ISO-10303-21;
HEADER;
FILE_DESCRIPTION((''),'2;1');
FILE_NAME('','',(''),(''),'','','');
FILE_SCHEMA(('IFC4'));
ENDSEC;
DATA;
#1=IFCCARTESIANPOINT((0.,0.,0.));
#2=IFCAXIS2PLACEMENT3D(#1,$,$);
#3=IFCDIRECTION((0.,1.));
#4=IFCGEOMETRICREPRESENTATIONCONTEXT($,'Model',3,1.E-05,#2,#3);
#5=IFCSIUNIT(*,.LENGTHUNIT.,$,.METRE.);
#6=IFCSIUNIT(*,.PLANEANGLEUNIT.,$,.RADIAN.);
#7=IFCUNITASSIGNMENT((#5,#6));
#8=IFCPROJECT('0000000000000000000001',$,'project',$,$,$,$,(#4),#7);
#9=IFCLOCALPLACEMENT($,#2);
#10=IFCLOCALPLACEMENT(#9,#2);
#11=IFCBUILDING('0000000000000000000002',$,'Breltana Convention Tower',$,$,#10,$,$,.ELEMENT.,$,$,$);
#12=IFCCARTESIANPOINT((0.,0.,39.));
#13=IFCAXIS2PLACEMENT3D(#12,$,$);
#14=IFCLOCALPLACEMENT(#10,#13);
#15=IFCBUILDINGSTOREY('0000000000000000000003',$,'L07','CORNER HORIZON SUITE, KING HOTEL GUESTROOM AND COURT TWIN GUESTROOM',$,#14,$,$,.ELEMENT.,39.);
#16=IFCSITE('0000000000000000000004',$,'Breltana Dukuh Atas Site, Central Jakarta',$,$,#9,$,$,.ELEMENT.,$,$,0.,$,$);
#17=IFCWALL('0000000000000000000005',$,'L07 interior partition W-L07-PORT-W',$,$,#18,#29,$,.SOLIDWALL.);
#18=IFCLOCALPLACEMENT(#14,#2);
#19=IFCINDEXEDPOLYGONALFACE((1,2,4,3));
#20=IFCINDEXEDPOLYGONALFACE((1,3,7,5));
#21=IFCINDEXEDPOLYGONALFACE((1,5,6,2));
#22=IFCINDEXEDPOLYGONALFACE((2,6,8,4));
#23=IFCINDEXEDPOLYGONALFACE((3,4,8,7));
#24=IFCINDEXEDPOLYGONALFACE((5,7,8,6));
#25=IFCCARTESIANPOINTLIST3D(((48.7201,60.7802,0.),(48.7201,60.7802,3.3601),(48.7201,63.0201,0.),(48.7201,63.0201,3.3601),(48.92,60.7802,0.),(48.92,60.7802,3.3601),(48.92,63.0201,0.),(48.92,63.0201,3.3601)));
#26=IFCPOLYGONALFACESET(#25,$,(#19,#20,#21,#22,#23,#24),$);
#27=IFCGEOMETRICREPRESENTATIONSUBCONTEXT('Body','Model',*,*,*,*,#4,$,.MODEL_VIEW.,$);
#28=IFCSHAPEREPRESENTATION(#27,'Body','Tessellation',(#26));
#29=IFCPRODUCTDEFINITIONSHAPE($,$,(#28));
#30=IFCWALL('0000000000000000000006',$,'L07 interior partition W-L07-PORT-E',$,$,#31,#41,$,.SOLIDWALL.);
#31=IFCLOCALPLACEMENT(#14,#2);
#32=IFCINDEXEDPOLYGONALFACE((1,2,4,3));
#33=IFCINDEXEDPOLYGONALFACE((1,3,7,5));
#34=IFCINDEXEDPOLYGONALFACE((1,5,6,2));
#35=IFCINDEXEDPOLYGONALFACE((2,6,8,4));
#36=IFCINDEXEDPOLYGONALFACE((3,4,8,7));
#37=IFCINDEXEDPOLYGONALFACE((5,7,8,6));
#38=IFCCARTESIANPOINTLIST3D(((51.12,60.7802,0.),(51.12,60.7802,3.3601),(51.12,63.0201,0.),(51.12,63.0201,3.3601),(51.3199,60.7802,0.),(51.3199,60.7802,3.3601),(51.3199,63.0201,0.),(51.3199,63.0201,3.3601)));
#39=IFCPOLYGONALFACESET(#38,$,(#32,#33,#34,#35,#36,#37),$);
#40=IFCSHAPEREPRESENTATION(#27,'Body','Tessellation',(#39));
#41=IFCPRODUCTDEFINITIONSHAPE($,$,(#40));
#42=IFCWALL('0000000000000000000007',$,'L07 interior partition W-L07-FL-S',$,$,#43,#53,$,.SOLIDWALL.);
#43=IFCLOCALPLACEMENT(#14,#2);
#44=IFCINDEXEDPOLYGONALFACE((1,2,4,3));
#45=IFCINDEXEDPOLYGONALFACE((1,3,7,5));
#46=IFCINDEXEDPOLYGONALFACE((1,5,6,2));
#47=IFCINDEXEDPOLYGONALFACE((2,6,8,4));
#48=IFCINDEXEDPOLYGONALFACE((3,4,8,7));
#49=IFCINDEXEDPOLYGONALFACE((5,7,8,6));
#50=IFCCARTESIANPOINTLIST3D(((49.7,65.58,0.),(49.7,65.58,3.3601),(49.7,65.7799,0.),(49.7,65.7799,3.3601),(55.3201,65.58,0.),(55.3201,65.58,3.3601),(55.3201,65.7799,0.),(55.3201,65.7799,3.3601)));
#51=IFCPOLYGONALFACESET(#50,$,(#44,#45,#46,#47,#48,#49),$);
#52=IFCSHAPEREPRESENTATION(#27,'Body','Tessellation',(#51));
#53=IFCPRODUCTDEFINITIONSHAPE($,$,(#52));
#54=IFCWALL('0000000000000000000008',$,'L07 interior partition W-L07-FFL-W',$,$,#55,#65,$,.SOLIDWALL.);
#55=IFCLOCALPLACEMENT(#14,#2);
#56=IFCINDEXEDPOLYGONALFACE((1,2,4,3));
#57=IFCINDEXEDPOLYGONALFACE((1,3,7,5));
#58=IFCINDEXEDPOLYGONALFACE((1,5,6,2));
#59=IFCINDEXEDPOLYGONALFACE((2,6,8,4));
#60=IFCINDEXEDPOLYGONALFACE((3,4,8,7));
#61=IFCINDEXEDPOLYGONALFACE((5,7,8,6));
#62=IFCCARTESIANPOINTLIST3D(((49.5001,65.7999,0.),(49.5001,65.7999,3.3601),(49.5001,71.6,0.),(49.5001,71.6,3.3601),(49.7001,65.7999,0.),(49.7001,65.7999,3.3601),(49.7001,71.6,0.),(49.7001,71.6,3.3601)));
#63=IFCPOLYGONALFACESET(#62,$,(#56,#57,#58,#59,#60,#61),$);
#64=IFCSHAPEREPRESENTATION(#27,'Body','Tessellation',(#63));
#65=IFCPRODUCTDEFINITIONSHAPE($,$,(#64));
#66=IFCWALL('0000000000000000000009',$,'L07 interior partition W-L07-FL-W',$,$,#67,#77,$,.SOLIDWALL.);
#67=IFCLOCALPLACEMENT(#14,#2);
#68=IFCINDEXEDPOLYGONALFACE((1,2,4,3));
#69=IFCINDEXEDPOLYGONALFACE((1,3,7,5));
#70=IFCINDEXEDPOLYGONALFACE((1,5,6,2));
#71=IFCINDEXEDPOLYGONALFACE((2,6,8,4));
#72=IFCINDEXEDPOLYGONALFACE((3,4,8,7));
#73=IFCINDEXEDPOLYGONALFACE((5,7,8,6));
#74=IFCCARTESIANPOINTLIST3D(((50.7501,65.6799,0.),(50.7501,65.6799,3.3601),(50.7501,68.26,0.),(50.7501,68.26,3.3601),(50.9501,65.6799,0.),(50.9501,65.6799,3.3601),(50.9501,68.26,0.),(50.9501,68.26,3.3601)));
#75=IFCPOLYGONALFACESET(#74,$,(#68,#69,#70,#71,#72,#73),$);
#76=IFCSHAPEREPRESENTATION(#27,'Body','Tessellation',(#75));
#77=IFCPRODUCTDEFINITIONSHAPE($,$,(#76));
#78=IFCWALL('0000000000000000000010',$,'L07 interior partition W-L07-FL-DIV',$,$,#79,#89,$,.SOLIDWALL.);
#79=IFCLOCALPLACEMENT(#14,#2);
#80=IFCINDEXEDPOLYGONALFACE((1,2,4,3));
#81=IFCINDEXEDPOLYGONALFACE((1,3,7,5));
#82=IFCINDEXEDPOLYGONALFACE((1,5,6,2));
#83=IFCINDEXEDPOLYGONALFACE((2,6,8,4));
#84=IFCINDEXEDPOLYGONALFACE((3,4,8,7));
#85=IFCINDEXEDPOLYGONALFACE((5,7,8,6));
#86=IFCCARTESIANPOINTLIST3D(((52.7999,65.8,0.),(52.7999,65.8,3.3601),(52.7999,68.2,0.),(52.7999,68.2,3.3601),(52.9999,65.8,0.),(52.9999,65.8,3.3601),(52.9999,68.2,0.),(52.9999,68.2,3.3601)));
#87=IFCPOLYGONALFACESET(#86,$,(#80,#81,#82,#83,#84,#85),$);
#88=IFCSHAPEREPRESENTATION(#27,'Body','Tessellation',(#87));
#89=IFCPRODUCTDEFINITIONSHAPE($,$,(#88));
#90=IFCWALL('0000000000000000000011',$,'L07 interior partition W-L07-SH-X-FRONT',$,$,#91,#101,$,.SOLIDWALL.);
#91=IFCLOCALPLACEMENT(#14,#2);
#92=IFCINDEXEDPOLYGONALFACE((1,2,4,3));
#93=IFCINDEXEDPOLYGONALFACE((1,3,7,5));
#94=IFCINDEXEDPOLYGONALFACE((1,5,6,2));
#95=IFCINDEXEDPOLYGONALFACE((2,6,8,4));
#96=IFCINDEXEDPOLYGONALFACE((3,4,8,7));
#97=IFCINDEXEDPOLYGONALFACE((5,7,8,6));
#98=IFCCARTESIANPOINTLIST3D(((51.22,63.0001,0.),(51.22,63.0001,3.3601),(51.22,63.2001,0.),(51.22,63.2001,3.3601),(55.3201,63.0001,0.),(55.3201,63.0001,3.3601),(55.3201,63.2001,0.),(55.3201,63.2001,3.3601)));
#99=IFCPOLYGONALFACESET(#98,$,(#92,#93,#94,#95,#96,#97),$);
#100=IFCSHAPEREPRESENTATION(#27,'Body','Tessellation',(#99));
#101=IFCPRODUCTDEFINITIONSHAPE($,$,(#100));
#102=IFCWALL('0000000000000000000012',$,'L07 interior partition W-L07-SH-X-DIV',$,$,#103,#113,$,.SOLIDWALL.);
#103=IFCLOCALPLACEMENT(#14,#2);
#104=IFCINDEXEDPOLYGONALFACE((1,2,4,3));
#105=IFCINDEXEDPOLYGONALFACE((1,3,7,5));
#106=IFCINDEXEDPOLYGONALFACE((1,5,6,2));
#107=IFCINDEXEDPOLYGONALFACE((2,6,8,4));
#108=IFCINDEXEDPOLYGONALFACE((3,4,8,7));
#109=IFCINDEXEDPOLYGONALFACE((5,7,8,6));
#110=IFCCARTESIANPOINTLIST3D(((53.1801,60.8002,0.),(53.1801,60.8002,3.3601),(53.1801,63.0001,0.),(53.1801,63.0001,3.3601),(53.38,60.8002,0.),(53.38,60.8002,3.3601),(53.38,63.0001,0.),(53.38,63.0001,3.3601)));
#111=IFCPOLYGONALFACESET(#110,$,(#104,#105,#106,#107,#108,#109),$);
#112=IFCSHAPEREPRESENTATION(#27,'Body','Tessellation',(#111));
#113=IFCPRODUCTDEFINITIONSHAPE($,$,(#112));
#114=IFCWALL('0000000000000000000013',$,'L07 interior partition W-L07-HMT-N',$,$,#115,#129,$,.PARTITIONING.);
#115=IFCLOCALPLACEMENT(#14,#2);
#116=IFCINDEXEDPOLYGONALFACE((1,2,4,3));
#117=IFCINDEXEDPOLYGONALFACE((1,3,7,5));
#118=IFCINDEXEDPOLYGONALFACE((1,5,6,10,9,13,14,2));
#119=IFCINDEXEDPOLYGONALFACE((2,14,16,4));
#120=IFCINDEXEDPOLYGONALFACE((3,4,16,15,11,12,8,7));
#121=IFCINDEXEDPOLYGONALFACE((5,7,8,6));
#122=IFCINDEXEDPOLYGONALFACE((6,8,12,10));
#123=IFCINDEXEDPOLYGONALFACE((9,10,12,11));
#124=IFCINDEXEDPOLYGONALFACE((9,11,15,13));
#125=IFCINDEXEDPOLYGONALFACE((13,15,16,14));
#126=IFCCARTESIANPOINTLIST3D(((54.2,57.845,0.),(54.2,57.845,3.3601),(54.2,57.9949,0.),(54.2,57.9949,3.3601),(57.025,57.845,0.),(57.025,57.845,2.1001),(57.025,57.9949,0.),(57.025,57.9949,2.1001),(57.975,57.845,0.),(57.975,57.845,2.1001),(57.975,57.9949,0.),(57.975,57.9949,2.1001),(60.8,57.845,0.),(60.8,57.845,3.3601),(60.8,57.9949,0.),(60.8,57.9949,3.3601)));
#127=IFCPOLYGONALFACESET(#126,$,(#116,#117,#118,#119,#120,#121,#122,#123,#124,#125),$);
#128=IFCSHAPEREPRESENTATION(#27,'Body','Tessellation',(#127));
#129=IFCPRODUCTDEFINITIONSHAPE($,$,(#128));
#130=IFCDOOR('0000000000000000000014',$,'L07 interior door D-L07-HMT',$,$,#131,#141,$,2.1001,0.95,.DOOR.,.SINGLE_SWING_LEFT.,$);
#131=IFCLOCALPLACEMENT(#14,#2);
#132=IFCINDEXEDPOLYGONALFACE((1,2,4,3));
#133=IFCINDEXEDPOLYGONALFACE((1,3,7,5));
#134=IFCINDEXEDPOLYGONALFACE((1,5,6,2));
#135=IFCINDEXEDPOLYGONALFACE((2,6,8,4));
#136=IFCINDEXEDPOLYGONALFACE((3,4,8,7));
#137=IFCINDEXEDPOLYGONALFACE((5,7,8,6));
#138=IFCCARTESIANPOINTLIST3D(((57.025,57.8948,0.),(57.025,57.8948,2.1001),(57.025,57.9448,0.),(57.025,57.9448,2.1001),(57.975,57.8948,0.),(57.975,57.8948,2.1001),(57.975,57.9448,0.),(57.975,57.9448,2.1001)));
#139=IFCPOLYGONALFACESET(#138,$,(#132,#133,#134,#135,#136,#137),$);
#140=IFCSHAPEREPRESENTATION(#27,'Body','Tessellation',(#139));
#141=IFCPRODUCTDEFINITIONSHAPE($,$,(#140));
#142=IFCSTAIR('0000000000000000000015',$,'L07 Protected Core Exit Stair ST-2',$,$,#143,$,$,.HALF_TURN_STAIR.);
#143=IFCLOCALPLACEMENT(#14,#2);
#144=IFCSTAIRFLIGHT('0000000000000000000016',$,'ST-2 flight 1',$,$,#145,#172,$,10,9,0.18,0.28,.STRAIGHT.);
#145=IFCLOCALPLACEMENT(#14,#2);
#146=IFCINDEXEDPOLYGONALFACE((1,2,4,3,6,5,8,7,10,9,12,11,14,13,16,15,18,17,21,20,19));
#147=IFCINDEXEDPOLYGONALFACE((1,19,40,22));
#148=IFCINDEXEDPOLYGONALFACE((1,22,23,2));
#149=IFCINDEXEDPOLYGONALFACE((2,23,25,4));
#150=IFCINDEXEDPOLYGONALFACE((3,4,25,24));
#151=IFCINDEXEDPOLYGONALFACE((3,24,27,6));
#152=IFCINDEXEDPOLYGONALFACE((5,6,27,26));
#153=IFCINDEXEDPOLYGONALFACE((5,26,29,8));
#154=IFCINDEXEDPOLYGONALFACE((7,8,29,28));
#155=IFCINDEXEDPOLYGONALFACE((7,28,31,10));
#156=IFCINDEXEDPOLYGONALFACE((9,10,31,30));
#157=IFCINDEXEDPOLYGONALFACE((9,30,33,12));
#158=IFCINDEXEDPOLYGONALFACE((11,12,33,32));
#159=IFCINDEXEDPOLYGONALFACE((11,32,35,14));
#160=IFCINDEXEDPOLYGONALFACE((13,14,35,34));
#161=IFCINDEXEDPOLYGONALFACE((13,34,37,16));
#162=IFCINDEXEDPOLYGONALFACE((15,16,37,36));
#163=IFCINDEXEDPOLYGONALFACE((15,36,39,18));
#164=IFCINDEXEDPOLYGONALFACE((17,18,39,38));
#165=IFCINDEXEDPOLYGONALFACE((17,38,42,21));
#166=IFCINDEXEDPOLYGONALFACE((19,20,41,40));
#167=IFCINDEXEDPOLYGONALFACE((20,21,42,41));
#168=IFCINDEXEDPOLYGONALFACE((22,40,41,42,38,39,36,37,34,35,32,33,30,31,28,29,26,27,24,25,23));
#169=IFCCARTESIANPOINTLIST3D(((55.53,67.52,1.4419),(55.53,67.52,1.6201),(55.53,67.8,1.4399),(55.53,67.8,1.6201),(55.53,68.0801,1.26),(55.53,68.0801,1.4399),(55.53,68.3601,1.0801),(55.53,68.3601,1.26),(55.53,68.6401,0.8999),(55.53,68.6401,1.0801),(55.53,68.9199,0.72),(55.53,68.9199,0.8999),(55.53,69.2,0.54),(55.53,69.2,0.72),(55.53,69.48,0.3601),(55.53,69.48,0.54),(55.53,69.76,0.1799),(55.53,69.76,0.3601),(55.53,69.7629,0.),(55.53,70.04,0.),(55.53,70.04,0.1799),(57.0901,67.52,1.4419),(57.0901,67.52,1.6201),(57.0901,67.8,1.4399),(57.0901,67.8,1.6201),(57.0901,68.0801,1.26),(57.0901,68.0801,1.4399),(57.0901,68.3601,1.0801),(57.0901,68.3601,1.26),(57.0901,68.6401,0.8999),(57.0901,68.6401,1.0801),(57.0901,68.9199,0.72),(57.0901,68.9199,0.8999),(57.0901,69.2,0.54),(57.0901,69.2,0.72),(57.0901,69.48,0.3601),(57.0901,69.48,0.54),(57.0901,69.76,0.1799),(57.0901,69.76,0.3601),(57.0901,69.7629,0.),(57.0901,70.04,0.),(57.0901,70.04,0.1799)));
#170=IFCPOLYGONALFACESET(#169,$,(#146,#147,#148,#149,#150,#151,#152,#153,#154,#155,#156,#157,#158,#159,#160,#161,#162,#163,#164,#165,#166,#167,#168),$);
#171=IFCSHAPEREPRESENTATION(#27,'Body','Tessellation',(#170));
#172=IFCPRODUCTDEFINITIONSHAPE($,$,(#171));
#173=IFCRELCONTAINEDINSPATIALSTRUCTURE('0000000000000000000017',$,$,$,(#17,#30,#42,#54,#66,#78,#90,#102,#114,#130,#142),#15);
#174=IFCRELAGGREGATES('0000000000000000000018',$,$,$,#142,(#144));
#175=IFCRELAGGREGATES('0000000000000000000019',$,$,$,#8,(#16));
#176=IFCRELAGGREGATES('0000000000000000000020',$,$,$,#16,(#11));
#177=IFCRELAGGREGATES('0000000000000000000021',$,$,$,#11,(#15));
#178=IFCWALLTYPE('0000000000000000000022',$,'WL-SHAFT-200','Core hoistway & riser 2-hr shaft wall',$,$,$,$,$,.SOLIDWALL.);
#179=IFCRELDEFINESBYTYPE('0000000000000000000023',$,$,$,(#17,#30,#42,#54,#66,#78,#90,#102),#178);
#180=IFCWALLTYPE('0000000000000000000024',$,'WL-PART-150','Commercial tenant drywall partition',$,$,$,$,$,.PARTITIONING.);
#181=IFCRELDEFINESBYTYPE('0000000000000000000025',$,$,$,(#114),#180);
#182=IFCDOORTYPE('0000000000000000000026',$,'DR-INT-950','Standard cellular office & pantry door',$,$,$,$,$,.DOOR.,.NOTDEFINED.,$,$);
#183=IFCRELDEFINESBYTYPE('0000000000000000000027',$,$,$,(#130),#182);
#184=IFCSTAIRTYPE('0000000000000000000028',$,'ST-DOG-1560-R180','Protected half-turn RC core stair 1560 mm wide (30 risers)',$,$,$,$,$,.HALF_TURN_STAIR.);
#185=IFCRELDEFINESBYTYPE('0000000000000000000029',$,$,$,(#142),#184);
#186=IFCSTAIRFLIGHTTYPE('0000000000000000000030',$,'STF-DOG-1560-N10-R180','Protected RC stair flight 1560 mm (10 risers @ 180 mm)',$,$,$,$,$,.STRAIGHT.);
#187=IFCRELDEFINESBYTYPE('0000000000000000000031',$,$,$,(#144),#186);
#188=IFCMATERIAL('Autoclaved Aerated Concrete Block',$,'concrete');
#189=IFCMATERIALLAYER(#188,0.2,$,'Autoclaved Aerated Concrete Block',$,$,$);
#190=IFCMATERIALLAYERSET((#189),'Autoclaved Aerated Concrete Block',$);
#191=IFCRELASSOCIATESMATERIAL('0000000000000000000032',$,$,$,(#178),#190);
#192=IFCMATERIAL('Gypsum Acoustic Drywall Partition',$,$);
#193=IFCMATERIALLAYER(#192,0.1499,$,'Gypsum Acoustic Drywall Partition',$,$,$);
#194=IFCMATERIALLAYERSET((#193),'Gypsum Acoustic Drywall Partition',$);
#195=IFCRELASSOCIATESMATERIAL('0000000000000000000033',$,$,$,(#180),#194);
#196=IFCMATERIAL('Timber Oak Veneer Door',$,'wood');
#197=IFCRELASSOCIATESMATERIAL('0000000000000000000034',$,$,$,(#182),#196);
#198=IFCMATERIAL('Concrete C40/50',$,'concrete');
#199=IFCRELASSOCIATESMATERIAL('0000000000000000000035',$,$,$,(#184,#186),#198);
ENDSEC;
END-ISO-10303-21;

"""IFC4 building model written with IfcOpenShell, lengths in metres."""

from ifc_helpers import new_model, si_unit, direction, frame, frame_2d, origin, place, context, subcontext, project, spatial, polyline, rectangle, outline, extrude, source, transform, mapped, material, layer, layer_set, type_object, type_shapes, element, fill, aggregate, save


model = new_model("IFC4")

# Units and contexts
model_context = context("Model", 3, precision=1e-05, world=origin(), true_north=direction((0.0, 1.0)))
body_context = subcontext(model_context, "Body", "Model", "MODEL_VIEW")
ifc_project = project(units=[si_unit("LENGTHUNIT", "METRE"), si_unit("PLANEANGLEUNIT", "RADIAN")], contexts=[model_context])

# Site, building, storey
site_placement = place(None, origin())
site = spatial("IfcSite", under=ifc_project, at=site_placement, Name="Breltana Dukuh Atas Site, Central Jakarta", CompositionType="ELEMENT", RefElevation=0.0)
building_placement = place(site_placement, origin())
building = spatial("IfcBuilding", under=site, at=building_placement, Name="Breltana Convention Tower", CompositionType="ELEMENT")
storey_placement = place(building_placement, frame((0.0, 0.0, 39.0)))
storey = spatial("IfcBuildingStorey", under=building, at=storey_placement, Name="L07", Description="CORNER HORIZON SUITE, KING HOTEL GUESTROOM AND COURT TWIN GUESTROOM", CompositionType="ELEMENT", Elevation=39.0)

# Walls
ifc_material_1 = material(Name="Autoclaved Aerated Concrete Block", Category="concrete")
ifc_layer_1 = layer(ifc_material_1, 0.2, Name="Autoclaved Aerated Concrete Block")
ifc_layer_set_1 = layer_set([ifc_layer_1], Name="Autoclaved Aerated Concrete Block")
wall_type_1 = type_object("IfcWallType", Name="WL-SHAFT-200", Description="Core hoistway & riser 2-hr shaft wall", PredefinedType="SOLIDWALL", material=ifc_layer_set_1)
shared_shape_1 = source(origin(), body_context, "Body", "SweptSolid", [
    extrude(rectangle(XDim=2.24, YDim=0.2, at=frame_2d((1.1201, 0.0))), origin(), (0.0, 0.0, 1.0), 3.3601),
])
for number, where, z_axis, x_axis, name in (
    (1, (48.8201, 60.78, 0.0), (0.0, 0.0, 1.0), (0.0, 1.0, 0.0), "L07 interior partition W-L07-PORT-W"),
    (2, (51.22, 60.78, 0.0), (0.0, 0.0, 1.0), (0.0, 1.0, 0.0), "L07 interior partition W-L07-PORT-E"),
):
    element("IfcWall", number, at=place(storey_placement, frame(where, z_axis=z_axis, x_axis=x_axis)), inside=storey, type_object=wall_type_1, Name=name, PredefinedType="SOLIDWALL", context=body_context, shape_type="MappedRepresentation", body=[
        mapped(shared_shape_1, transform((0.0, 0.0, 0.0), scale=1.0)),
    ])

# Shared definitions
shared_shape_2 = source(origin(), body_context, "Body", "SweptSolid", [
    extrude(rectangle(XDim=5.6201, YDim=0.2, at=frame_2d((2.8101, 0.0))), origin(), (0.0, 0.0, 1.0), 3.3601),
])

# Walls
wall_1_placement = place(storey_placement, frame((49.7, 65.6799, 0.0), z_axis=(0.0, 0.0, 1.0), x_axis=(1.0, 0.0, 0.0)))
element("IfcWall", 3, at=wall_1_placement, inside=storey, type_object=wall_type_1, Name="L07 interior partition W-L07-FL-S", PredefinedType="SOLIDWALL", context=body_context, shape_type="MappedRepresentation", body=[
    mapped(shared_shape_2, transform((0.0, 0.0, 0.0), scale=1.0)),
])
shared_shape_3 = source(origin(), body_context, "Body", "SweptSolid", [
    extrude(rectangle(XDim=5.8, YDim=0.2, at=frame_2d((2.8999, 0.0))), origin(), (0.0, 0.0, 1.0), 3.3601),
])
wall_2_placement = place(storey_placement, frame((49.6001, 65.8, 0.0), z_axis=(0.0, 0.0, 1.0), x_axis=(0.0, 1.0, 0.0)))
element("IfcWall", 4, at=wall_2_placement, inside=storey, type_object=wall_type_1, Name="L07 interior partition W-L07-FFL-W", PredefinedType="SOLIDWALL", context=body_context, shape_type="MappedRepresentation", body=[
    mapped(shared_shape_3, transform((0.0, 0.0, 0.0), scale=1.0)),
])
shared_shape_4 = source(origin(), body_context, "Body", "SweptSolid", [
    extrude(rectangle(XDim=2.5801, YDim=0.2, at=frame_2d((1.29, 0.0))), origin(), (0.0, 0.0, 1.0), 3.3601),
])
wall_3_placement = place(storey_placement, frame((50.8501, 65.6799, 0.0), z_axis=(0.0, 0.0, 1.0), x_axis=(0.0, 1.0, 0.0)))
element("IfcWall", 5, at=wall_3_placement, inside=storey, type_object=wall_type_1, Name="L07 interior partition W-L07-FL-W", PredefinedType="SOLIDWALL", context=body_context, shape_type="MappedRepresentation", body=[
    mapped(shared_shape_4, transform((0.0, 0.0, 0.0), scale=1.0)),
])
shared_shape_5 = source(origin(), body_context, "Body", "SweptSolid", [
    extrude(rectangle(XDim=2.3999, YDim=0.2, at=frame_2d((1.2, 0.0))), origin(), (0.0, 0.0, 1.0), 3.3601),
])
wall_4_placement = place(storey_placement, frame((52.8999, 65.8, 0.0), z_axis=(0.0, 0.0, 1.0), x_axis=(0.0, 1.0, 0.0)))
element("IfcWall", 6, at=wall_4_placement, inside=storey, type_object=wall_type_1, Name="L07 interior partition W-L07-FL-DIV", PredefinedType="SOLIDWALL", context=body_context, shape_type="MappedRepresentation", body=[
    mapped(shared_shape_5, transform((0.0, 0.0, 0.0), scale=1.0)),
])
shared_shape_6 = source(origin(), body_context, "Body", "SweptSolid", [
    extrude(rectangle(XDim=4.1001, YDim=0.2, at=frame_2d((2.05, 0.0))), origin(), (0.0, 0.0, 1.0), 3.3601),
])
wall_5_placement = place(storey_placement, frame((51.22, 63.1001, 0.0), z_axis=(0.0, 0.0, 1.0), x_axis=(1.0, 0.0, 0.0)))
element("IfcWall", 7, at=wall_5_placement, inside=storey, type_object=wall_type_1, Name="L07 interior partition W-L07-SH-X-FRONT", PredefinedType="SOLIDWALL", context=body_context, shape_type="MappedRepresentation", body=[
    mapped(shared_shape_6, transform((0.0, 0.0, 0.0), scale=1.0)),
])
shared_shape_7 = source(origin(), body_context, "Body", "SweptSolid", [
    extrude(rectangle(XDim=2.2, YDim=0.2, at=frame_2d((1.1001, 0.0))), origin(), (0.0, 0.0, 1.0), 3.3601),
])
wall_6_placement = place(storey_placement, frame((53.28, 60.8, 0.0), z_axis=(0.0, 0.0, 1.0), x_axis=(0.0, 1.0, 0.0)))
element("IfcWall", 8, at=wall_6_placement, inside=storey, type_object=wall_type_1, Name="L07 interior partition W-L07-SH-X-DIV", PredefinedType="SOLIDWALL", context=body_context, shape_type="MappedRepresentation", body=[
    mapped(shared_shape_7, transform((0.0, 0.0, 0.0), scale=1.0)),
])

# Wall, opening, door
ifc_material_2 = material(Name="Gypsum Acoustic Drywall Partition")
ifc_layer_2 = layer(ifc_material_2, 0.1499, Name="Gypsum Acoustic Drywall Partition")
ifc_layer_set_2 = layer_set([ifc_layer_2], Name="Gypsum Acoustic Drywall Partition")
wall_type_2 = type_object("IfcWallType", Name="WL-PART-150", Description="Commercial tenant drywall partition", PredefinedType="PARTITIONING", material=ifc_layer_set_2)
shared_shape_8 = source(origin(), body_context, "Body", "SweptSolid", [
    extrude(rectangle(XDim=6.6001, YDim=0.1499, at=frame_2d((3.3, 0.0))), origin(), (0.0, 0.0, 1.0), 3.3601),
])
wall_7_placement = place(storey_placement, frame((54.2, 57.9199, 0.0), z_axis=(0.0, 0.0, 1.0), x_axis=(1.0, 0.0, 0.0)))
wall_7 = element("IfcWall", 9, at=wall_7_placement, inside=storey, type_object=wall_type_2, Name="L07 interior partition W-L07-HMT-N", PredefinedType="PARTITIONING", context=body_context, shape_type="MappedRepresentation", body=[
    mapped(shared_shape_8, transform((0.0, 0.0, 0.0), scale=1.0)),
])
opening_1_placement = place(wall_7_placement, frame((2.825, 0.0, 0.0)))
opening_1 = element("IfcOpeningElement", 10, at=opening_1_placement, cuts=wall_7, PredefinedType="OPENING", context=body_context, shape_type="SweptSolid", body=[
    extrude(rectangle(XDim=0.95, YDim=2.1001, at=frame_2d((0.4751, 1.05))), frame((0.0, 0.085, 0.0), z_axis=(0.0, -1.0, 0.0), x_axis=(1.0, 0.0, 0.0)), (0.0, 0.0, 1.0), 0.1699),
])
ifc_material_3 = material(Name="Timber Oak Veneer Door", Category="wood")
door_type_1 = type_object("IfcDoorType", Name="DR-INT-950", Description="Standard cellular office & pantry door", OperationType="NOTDEFINED", PredefinedType="DOOR", material=ifc_material_3)
shared_shape_9 = source(origin(), body_context, "Body", "SweptSolid", [
    extrude(rectangle(XDim=0.95, YDim=2.1001, at=frame_2d((0.4751, 1.05))), frame((0.0, 0.0249, 0.0), z_axis=(0.0, -1.0, 0.0), x_axis=(1.0, 0.0, 0.0)), (0.0, 0.0, 1.0), 0.05),
])
type_shapes(door_type_1, [shared_shape_9])
door_1_placement = place(opening_1_placement, origin())
door_1 = element("IfcDoor", 11, at=door_1_placement, inside=storey, type_object=door_type_1, Name="L07 interior door D-L07-HMT", OperationType="SINGLE_SWING_LEFT", OverallHeight=2.1001, OverallWidth=0.95, PredefinedType="DOOR", context=body_context, shape_type="MappedRepresentation", body=[
    mapped(shared_shape_9, transform((0.0, 0.0, 0.0), scale=1.0)),
])
fill(opening_1, door_1)

# Stair, stair flight
ifc_material_4 = material(Name="Concrete C40/50", Category="concrete")
stair_type = type_object("IfcStairType", Name="ST-DOG-1560-R180", Description="Protected half-turn RC core stair 1560 mm wide (30 risers)", PredefinedType="HALF_TURN_STAIR", material=ifc_material_4)
stair_placement = place(storey_placement, origin())
stair = element("IfcStair", 12, at=stair_placement, inside=storey, type_object=stair_type, Name="L07 Protected Core Exit Stair ST-2", PredefinedType="HALF_TURN_STAIR")
stair_flight_type = type_object("IfcStairFlightType", Name="STF-DOG-1560-N10-R180", Description="Protected RC stair flight 1560 mm (10 risers @ 180 mm)", PredefinedType="STRAIGHT", material=ifc_material_4)
stair_flight_1_placement = place(storey_placement, frame((56.3101, 70.04, 0.0), z_axis=(0.0, 0.0, 1.0), x_axis=(0.0, -1.0, 0.0)))
stair_flight_1 = element("IfcStairFlight", 13, at=stair_flight_1_placement, type_object=stair_flight_type, Name="ST-2 flight 1", NumberOfRisers=10, NumberOfTreads=9, PredefinedType="STRAIGHT", RiserHeight=0.18, TreadLength=0.28, context=body_context, shape_type="SweptSolid", body=[
    extrude(outline(polyline([(0.0, 0.0), (0.0, 0.1799), (0.28, 0.1799), (0.28, 0.3601), (0.5601, 0.3601), (0.5601, 0.54), (0.8401, 0.54), (0.8401, 0.72), (1.1201, 0.72), (1.1201, 0.8999), (1.3999, 0.8999), (1.3999, 1.0801), (1.6799, 1.0801), (1.6799, 1.26), (1.96, 1.26), (1.96, 1.4399), (2.24, 1.4399), (2.24, 1.6201), (2.52, 1.6201), (2.52, 1.8), (2.52, 1.4419), (0.2771, 0.0), (0.0, 0.0)])), frame((0.0, 0.78, 0.0), z_axis=(0.0, -1.0, 0.0), x_axis=(1.0, 0.0, 0.0)), (0.0, 0.0, 1.0), 1.5601),
])
aggregate(stair, [stair_flight_1])

save(model, "model.ifc")
